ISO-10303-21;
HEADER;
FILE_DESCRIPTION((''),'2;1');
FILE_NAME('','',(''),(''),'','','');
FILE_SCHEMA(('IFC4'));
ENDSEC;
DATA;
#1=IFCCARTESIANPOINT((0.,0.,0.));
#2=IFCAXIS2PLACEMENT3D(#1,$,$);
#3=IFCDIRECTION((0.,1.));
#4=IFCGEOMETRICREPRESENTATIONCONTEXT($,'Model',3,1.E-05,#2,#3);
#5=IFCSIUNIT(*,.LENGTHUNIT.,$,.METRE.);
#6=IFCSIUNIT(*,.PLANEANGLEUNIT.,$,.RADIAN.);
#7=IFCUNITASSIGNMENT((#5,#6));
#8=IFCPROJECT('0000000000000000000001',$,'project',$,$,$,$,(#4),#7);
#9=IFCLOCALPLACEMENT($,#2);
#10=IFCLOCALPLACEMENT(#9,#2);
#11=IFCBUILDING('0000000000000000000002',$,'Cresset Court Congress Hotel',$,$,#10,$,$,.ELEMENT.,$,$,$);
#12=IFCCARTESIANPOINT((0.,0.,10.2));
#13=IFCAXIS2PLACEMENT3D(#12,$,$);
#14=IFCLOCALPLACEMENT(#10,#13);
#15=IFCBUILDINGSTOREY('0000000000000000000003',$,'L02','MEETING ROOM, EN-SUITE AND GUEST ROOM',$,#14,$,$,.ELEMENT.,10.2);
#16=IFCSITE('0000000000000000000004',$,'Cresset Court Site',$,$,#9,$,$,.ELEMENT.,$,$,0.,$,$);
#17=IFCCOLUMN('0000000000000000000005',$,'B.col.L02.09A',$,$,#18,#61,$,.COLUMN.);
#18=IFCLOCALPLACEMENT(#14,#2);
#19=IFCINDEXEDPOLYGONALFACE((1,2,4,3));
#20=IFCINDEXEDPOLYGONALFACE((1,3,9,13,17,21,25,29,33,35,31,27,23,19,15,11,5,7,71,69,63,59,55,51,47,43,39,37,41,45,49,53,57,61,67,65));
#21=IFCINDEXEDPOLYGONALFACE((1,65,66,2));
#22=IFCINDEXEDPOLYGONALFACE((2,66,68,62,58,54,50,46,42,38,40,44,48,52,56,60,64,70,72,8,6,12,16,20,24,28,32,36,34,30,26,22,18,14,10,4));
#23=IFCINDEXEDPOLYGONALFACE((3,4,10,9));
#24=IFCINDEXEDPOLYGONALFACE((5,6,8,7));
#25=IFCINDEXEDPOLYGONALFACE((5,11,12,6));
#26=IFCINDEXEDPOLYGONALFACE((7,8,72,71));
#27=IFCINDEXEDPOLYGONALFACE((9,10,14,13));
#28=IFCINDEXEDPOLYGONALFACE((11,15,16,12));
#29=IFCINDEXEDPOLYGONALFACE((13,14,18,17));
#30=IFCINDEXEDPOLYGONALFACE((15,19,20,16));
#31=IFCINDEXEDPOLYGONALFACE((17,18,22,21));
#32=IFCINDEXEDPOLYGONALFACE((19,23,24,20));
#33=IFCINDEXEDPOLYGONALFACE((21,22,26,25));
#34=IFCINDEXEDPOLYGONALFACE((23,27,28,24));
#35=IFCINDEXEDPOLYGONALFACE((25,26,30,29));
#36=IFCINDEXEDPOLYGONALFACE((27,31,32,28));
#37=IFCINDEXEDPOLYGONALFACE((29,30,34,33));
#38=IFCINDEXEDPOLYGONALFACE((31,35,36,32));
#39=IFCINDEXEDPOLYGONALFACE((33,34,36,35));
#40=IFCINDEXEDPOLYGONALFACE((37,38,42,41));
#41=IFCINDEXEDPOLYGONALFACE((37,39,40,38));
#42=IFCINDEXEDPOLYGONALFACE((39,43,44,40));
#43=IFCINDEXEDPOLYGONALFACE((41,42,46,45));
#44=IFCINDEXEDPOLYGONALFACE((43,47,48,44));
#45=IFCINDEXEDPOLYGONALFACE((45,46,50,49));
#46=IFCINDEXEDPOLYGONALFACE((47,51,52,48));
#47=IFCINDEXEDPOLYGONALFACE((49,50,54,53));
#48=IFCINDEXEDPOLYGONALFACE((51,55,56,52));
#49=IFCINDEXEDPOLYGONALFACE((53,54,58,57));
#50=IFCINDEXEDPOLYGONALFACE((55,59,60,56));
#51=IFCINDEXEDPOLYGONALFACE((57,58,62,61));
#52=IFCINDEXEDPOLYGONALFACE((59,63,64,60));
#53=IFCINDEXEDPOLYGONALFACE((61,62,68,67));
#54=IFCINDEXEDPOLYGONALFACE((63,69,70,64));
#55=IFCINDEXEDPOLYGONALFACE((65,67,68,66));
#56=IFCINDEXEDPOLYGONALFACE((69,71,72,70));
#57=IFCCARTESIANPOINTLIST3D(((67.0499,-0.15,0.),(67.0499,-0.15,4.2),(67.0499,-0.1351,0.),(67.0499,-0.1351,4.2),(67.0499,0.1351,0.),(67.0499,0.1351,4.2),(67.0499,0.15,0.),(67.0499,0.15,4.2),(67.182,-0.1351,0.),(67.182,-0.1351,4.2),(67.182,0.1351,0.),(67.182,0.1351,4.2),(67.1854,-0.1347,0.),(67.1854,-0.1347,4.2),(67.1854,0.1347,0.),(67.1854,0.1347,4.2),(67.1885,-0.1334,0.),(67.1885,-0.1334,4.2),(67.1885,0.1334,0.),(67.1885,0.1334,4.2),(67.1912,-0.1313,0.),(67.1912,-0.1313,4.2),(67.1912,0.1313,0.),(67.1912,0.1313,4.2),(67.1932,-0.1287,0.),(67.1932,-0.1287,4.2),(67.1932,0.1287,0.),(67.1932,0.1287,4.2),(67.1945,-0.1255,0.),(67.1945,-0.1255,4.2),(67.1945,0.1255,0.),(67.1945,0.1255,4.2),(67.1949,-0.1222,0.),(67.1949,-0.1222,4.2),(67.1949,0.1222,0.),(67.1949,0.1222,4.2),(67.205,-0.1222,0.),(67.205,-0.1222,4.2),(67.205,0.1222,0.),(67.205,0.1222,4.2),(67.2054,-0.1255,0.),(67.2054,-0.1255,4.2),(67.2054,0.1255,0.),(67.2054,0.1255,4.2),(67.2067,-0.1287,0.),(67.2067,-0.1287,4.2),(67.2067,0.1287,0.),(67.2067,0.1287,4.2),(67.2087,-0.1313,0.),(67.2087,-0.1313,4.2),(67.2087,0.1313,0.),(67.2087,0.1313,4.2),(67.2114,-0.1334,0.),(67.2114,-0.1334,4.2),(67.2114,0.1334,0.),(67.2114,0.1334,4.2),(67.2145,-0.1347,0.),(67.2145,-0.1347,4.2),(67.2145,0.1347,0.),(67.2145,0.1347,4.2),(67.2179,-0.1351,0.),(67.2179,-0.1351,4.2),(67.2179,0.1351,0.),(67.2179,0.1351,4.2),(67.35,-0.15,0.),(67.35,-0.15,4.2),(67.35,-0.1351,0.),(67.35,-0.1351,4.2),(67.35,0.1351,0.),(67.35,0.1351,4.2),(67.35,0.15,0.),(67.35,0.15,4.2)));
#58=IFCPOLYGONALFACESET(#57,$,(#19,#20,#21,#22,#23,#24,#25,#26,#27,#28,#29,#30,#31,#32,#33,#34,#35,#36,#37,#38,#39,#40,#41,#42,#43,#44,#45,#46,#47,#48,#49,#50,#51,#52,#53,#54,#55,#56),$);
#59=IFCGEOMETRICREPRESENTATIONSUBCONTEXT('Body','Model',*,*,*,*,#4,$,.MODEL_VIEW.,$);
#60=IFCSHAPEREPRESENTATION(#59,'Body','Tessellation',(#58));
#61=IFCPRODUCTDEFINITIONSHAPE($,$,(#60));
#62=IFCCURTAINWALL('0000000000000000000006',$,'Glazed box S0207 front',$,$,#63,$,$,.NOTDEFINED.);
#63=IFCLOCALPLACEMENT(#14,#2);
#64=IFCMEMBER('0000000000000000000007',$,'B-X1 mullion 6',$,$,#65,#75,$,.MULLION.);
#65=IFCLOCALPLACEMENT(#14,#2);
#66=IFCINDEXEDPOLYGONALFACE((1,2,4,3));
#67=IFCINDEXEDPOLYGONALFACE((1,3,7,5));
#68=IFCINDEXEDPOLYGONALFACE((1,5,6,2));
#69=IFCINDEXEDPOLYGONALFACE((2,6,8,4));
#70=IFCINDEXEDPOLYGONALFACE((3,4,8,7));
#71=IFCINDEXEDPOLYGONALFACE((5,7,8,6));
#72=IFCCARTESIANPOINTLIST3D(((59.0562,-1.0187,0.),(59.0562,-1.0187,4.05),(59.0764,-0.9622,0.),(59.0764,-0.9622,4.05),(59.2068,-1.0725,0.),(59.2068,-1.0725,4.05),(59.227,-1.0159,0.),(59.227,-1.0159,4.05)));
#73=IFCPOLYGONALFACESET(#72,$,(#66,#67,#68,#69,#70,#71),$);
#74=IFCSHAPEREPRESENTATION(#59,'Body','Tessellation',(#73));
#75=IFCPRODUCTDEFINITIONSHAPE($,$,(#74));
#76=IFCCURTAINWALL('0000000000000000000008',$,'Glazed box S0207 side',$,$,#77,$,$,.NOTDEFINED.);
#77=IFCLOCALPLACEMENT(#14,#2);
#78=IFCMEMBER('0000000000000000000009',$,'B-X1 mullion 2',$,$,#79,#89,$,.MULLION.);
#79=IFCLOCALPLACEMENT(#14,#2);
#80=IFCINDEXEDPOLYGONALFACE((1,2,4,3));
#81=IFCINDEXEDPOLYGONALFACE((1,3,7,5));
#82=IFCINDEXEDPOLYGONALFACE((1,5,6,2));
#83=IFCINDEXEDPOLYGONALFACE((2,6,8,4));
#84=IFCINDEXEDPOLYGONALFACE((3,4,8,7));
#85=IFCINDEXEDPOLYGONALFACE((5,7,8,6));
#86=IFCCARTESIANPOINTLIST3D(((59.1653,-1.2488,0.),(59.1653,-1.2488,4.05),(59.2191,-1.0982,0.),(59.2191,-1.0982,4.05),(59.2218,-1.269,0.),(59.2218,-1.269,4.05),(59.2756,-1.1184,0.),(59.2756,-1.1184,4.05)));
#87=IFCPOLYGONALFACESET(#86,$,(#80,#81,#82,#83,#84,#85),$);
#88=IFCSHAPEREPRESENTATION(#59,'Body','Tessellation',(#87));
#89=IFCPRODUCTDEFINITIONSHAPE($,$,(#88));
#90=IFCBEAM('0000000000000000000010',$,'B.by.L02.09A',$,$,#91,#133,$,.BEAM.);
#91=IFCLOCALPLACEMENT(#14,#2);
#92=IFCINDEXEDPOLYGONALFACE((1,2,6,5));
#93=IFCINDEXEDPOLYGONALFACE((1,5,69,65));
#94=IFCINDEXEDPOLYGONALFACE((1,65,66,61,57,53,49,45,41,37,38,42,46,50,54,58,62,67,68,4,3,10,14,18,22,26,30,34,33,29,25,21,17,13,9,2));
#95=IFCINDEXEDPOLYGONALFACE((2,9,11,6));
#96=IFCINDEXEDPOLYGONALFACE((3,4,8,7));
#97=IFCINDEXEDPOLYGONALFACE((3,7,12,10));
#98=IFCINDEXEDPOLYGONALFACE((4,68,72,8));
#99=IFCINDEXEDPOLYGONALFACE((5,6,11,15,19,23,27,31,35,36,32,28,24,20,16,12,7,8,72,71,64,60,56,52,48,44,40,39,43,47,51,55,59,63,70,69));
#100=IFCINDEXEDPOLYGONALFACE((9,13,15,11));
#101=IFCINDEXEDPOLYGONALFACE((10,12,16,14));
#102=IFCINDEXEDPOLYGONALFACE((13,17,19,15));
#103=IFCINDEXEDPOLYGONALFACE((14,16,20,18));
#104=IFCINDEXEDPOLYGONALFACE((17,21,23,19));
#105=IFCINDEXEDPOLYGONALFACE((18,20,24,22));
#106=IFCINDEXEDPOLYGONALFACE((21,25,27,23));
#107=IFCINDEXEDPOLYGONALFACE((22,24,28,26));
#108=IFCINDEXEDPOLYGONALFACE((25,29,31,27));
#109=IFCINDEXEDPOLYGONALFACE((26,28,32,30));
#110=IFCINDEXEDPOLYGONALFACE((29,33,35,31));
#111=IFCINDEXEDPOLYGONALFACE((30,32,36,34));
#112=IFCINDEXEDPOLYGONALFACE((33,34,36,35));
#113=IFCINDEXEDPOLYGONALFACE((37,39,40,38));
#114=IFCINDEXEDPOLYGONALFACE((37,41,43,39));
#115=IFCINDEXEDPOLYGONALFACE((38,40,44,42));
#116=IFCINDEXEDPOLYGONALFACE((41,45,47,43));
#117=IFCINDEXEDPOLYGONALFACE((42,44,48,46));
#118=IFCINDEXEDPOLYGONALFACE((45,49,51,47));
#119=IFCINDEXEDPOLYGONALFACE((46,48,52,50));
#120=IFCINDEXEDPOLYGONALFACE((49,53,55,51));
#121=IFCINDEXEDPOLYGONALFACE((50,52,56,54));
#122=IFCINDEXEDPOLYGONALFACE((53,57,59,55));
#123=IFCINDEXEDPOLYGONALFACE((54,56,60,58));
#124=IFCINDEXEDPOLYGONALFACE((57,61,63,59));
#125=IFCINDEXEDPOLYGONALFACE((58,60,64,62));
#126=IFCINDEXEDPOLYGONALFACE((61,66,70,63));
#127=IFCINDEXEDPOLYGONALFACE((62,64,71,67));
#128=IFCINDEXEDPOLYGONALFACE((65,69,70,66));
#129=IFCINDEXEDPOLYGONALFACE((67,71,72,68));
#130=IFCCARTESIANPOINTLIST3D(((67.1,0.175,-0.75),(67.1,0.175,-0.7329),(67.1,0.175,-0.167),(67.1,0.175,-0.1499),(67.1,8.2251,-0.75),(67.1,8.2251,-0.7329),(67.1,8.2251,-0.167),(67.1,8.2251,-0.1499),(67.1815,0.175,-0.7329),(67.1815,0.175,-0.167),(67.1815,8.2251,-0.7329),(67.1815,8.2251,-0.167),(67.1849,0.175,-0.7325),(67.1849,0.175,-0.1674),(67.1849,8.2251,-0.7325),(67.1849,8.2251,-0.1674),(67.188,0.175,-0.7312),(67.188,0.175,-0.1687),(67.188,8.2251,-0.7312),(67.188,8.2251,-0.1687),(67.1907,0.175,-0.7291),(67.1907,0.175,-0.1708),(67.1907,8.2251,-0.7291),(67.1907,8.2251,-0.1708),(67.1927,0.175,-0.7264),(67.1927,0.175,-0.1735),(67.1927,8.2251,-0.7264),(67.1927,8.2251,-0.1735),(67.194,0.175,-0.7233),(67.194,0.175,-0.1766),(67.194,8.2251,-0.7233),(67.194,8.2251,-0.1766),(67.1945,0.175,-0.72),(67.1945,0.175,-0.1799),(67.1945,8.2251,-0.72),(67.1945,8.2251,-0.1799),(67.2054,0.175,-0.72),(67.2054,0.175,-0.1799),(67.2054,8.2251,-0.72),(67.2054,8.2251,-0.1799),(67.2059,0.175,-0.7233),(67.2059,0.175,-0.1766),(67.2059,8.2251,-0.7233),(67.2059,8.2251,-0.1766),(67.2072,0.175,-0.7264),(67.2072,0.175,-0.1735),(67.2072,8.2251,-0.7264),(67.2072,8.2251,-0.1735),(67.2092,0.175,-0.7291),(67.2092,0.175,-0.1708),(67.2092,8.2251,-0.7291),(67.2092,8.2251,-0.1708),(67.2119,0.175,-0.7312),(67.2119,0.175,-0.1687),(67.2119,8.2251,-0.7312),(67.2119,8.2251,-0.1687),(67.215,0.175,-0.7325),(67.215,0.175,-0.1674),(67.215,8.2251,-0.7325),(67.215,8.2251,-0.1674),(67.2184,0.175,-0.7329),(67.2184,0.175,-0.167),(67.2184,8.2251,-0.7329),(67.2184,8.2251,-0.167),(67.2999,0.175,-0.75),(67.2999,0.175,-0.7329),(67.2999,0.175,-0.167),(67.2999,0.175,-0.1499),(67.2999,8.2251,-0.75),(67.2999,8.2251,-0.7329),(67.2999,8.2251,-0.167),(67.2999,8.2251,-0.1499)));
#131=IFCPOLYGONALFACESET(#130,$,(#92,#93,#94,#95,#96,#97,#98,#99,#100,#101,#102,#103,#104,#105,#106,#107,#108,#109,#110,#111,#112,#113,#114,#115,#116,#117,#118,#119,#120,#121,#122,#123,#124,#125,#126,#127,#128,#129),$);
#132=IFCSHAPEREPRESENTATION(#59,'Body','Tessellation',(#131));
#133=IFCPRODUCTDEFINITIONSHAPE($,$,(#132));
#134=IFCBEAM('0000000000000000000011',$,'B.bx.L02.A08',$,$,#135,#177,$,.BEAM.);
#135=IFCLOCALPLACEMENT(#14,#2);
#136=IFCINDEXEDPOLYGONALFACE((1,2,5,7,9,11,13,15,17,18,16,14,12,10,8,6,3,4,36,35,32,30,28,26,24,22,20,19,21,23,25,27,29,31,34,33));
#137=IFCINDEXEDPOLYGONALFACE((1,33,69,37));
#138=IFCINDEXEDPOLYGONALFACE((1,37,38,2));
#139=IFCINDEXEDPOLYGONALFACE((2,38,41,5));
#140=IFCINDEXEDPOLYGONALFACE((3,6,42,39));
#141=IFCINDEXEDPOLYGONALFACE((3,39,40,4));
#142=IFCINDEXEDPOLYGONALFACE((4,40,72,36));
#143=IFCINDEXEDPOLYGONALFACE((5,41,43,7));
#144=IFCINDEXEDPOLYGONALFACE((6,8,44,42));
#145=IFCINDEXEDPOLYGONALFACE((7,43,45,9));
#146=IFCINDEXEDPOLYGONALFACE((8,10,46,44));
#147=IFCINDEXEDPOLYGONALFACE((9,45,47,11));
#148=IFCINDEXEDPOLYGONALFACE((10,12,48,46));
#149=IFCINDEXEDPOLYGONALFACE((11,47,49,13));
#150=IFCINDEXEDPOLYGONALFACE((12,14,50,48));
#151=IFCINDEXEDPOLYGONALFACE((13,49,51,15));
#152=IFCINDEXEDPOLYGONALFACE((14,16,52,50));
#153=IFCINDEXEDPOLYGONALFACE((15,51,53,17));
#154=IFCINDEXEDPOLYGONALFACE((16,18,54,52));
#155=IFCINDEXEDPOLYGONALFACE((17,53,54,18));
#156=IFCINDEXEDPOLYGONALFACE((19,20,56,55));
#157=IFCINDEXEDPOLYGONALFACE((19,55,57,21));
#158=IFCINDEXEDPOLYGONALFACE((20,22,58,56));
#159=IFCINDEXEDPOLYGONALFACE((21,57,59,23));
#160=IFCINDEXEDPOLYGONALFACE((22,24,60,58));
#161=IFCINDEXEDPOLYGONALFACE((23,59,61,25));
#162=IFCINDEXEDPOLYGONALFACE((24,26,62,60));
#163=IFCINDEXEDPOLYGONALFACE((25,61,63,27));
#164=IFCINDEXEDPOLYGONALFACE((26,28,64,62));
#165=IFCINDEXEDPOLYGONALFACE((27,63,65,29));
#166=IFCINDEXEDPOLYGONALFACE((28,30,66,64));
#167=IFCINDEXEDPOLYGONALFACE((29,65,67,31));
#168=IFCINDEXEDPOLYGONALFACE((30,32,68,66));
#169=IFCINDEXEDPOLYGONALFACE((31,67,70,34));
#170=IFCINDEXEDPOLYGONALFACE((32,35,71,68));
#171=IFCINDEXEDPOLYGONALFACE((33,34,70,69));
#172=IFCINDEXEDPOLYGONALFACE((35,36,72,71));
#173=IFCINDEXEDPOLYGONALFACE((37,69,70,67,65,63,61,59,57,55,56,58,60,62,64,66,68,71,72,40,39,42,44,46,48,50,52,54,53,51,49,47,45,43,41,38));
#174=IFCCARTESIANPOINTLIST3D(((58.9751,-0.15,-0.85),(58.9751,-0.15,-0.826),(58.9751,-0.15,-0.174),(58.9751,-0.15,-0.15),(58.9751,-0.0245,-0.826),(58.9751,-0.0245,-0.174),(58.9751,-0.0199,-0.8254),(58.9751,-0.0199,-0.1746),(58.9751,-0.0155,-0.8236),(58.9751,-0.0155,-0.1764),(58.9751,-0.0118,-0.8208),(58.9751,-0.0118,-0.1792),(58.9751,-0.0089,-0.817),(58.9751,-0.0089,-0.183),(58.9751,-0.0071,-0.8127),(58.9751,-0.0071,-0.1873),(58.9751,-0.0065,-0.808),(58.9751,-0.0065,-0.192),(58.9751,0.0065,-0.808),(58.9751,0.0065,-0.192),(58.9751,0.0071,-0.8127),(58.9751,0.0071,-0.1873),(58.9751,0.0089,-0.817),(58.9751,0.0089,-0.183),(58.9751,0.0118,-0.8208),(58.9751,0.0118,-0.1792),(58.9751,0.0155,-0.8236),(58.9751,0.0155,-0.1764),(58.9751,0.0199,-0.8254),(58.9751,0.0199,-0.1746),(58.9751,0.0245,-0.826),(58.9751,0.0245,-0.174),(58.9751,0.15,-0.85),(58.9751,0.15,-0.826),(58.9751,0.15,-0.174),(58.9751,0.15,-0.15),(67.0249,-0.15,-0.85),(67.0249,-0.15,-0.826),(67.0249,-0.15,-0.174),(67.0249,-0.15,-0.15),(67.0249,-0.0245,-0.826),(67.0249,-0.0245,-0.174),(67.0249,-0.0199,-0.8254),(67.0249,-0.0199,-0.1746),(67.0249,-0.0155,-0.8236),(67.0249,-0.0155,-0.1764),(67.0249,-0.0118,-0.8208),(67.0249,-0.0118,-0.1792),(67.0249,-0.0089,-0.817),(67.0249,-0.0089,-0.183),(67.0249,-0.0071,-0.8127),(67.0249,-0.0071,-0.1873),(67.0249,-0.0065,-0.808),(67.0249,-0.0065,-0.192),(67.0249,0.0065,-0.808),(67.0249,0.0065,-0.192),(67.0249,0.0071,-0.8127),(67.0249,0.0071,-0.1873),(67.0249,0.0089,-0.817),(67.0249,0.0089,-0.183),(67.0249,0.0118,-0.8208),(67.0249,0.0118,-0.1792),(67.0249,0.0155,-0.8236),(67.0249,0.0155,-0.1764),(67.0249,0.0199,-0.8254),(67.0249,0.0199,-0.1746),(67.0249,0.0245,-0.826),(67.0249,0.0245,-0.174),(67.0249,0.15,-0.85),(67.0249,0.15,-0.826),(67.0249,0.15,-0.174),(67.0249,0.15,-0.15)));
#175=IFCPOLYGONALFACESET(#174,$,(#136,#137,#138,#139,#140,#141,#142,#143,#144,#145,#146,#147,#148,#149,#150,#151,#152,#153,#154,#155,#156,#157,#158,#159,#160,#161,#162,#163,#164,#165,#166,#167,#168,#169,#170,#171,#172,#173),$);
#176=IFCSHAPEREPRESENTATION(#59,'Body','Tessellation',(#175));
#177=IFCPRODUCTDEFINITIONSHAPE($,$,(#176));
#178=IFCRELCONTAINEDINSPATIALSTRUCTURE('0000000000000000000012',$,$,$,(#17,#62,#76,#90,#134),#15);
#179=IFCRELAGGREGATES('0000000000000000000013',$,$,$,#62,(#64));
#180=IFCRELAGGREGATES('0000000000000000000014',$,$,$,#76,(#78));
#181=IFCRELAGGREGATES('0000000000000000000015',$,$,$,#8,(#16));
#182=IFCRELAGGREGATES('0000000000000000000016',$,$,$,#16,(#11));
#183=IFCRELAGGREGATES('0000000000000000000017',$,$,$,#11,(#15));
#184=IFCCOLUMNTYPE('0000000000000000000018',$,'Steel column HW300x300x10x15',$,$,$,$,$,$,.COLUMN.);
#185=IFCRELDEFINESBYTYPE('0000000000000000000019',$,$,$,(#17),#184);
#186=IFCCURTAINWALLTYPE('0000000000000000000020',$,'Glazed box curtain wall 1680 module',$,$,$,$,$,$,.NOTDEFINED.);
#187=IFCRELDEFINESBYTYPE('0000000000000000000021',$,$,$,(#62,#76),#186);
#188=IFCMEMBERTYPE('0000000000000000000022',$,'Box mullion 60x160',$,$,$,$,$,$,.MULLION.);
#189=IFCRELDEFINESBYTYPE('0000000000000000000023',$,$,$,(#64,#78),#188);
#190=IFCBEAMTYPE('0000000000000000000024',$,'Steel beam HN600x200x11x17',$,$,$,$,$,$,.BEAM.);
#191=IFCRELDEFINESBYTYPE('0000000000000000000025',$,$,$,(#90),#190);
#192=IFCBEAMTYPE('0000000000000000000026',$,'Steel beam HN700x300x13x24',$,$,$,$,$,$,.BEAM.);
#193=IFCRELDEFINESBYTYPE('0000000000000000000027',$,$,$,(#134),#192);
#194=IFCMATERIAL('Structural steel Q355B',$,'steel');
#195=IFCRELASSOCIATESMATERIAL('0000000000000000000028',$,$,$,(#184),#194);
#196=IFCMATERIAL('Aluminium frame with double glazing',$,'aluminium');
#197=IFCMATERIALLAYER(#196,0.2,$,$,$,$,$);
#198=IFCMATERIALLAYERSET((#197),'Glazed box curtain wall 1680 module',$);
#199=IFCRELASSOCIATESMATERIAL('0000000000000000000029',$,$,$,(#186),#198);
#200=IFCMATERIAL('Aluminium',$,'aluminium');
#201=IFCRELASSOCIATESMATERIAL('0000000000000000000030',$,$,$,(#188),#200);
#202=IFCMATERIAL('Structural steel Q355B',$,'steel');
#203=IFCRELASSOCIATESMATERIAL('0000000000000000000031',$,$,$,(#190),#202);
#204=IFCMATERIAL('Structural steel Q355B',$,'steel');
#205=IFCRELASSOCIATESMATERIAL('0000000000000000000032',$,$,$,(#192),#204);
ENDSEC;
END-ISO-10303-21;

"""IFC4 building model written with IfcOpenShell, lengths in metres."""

from ifc_helpers import new_model, si_unit, direction, frame, origin, origin_2d, place, context, subcontext, project, spatial, rectangle, i_section, extrude, material, layer, layer_set, material_profile, profile_set, type_object, element, aggregate, save


model = new_model("IFC4")

# Units and contexts
model_context = context("Model", 3, precision=1e-05, world=origin(), true_north=direction((0.0, 1.0)))
body_context = subcontext(model_context, "Body", "Model", "MODEL_VIEW")
ifc_project = project(units=[si_unit("LENGTHUNIT", "METRE"), si_unit("PLANEANGLEUNIT", "RADIAN")], contexts=[model_context])

# Site, building, storey
site_placement = place(None, origin())
site = spatial("IfcSite", under=ifc_project, at=site_placement, Name="Cresset Court Site", CompositionType="ELEMENT", RefElevation=0.0)
building_placement = place(site_placement, origin())
building = spatial("IfcBuilding", under=site, at=building_placement, Name="Cresset Court Congress Hotel", CompositionType="ELEMENT")
storey_placement = place(building_placement, frame((0.0, 0.0, 10.2)))
storey = spatial("IfcBuildingStorey", under=building, at=storey_placement, Name="L02", Description="MEETING ROOM, EN-SUITE AND GUEST ROOM", CompositionType="ELEMENT", Elevation=10.2)

# Column
ifc_material_1 = material(Name="Structural steel Q355B", Category="steel")
ifc_material_profile_1 = material_profile(ifc_material_1, i_section(OverallWidth=0.3, OverallDepth=0.3, WebThickness=0.01, FlangeThickness=0.0149, FilletRadius=0.0129, at=origin_2d()), Name="HW300x300x10x15")
ifc_profile_set_1 = profile_set([ifc_material_profile_1], Name="Structural steel Q355B")
column_type = type_object("IfcColumnType", Name="Steel column HW300x300x10x15", PredefinedType="COLUMN", material=ifc_profile_set_1)
column_placement = place(storey_placement, frame((67.2, 0.0, 0.0), z_axis=(0.0, 0.0, 1.0), x_axis=(1.0, 0.0, 0.0)))
element("IfcColumn", 1, at=column_placement, inside=storey, type_object=column_type, Name="B.col.L02.09A", PredefinedType="COLUMN", context=body_context, shape_type="SweptSolid", body=[
    extrude(i_section(OverallWidth=0.3, OverallDepth=0.3, WebThickness=0.01, FlangeThickness=0.0149, FilletRadius=0.0129, at=origin_2d()), origin(), (0.0, 0.0, 1.0), 4.2),
])

# Curtain walls, members
ifc_material_2 = material(Name="Aluminium frame with double glazing", Category="aluminium")
ifc_layer_1 = layer(ifc_material_2, 0.2)
ifc_layer_set_1 = layer_set([ifc_layer_1], Name="Glazed box curtain wall 1680 module")
curtain_wall_type = type_object("IfcCurtainWallType", Name="Glazed box curtain wall 1680 module", PredefinedType="NOTDEFINED", material=ifc_layer_set_1)
curtain_wall_1_placement = place(storey_placement, origin())
curtain_wall_1 = element("IfcCurtainWall", 2, at=curtain_wall_1_placement, inside=storey, type_object=curtain_wall_type, Name="Glazed box S0207 front", PredefinedType="NOTDEFINED")
ifc_material_3 = material(Name="Aluminium", Category="aluminium")
ifc_material_profile_2 = material_profile(ifc_material_3, rectangle(XDim=0.0601, YDim=0.1599, at=origin_2d()), Name="Box mullion 60x160")
ifc_profile_set_2 = profile_set([ifc_material_profile_2], Name="Aluminium")
member_type = type_object("IfcMemberType", Name="Box mullion 60x160", PredefinedType="MULLION", material=ifc_profile_set_2)
member_1_placement = place(storey_placement, frame((59.1416, -1.0173, 0.0), z_axis=(0.0, 0.0, 1.0), x_axis=(0.336336, 0.941742, 0.0)))
member_1 = element("IfcMember", 3, at=member_1_placement, type_object=member_type, Name="B-X1 mullion 6", PredefinedType="MULLION", context=body_context, shape_type="SweptSolid", body=[
    extrude(rectangle(XDim=0.0601, YDim=0.1599, at=origin_2d()), origin(), (0.0, 0.0, 1.0), 4.05),
])
aggregate(curtain_wall_1, [member_1])
curtain_wall_2_placement = place(storey_placement, origin())
curtain_wall_2 = element("IfcCurtainWall", 4, at=curtain_wall_2_placement, inside=storey, type_object=curtain_wall_type, Name="Glazed box S0207 side", PredefinedType="NOTDEFINED")
member_2_placement = place(storey_placement, frame((59.2205, -1.1836, 0.0), z_axis=(0.0, 0.0, 1.0), x_axis=(-0.941742, 0.336336, 0.0)))
member_2 = element("IfcMember", 5, at=member_2_placement, type_object=member_type, Name="B-X1 mullion 2", PredefinedType="MULLION", context=body_context, shape_type="SweptSolid", body=[
    extrude(rectangle(XDim=0.0601, YDim=0.1599, at=origin_2d()), origin(), (0.0, 0.0, 1.0), 4.05),
])
aggregate(curtain_wall_2, [member_2])

# Beams
ifc_material_4 = material(Name="Structural steel Q355B", Category="steel")
ifc_material_profile_3 = material_profile(ifc_material_4, i_section(OverallWidth=0.2, OverallDepth=0.6001, WebThickness=0.011, FlangeThickness=0.0171, FilletRadius=0.0129, at=origin_2d()), Name="HN600x200x11x17")
ifc_profile_set_3 = profile_set([ifc_material_profile_3], Name="Structural steel Q355B")
beam_type_1 = type_object("IfcBeamType", Name="Steel beam HN600x200x11x17", PredefinedType="BEAM", material=ifc_profile_set_3)
beam_1_placement = place(storey_placement, frame((67.2, 0.175, -0.45), z_axis=(0.0, 1.0, 0.0), x_axis=(-1.0, 0.0, 0.0)))
element("IfcBeam", 6, at=beam_1_placement, inside=storey, type_object=beam_type_1, Name="B.by.L02.09A", PredefinedType="BEAM", context=body_context, shape_type="SweptSolid", body=[
    extrude(i_section(OverallWidth=0.2, OverallDepth=0.6001, WebThickness=0.011, FlangeThickness=0.0171, FilletRadius=0.0129, at=origin_2d()), origin(), (0.0, 0.0, 1.0), 8.05),
])
ifc_material_5 = material(Name="Structural steel Q355B", Category="steel")
ifc_material_profile_4 = material_profile(ifc_material_5, i_section(OverallWidth=0.3, OverallDepth=0.7, WebThickness=0.0129, FlangeThickness=0.0239, FilletRadius=0.0181, at=origin_2d()), Name="HN700x300x13x24")
ifc_profile_set_4 = profile_set([ifc_material_profile_4], Name="Structural steel Q355B")
beam_type_2 = type_object("IfcBeamType", Name="Steel beam HN700x300x13x24", PredefinedType="BEAM", material=ifc_profile_set_4)
beam_2_placement = place(storey_placement, frame((58.9751, 0.0, -0.5), z_axis=(1.0, 0.0, 0.0), x_axis=(0.0, 1.0, 0.0)))
element("IfcBeam", 7, at=beam_2_placement, inside=storey, type_object=beam_type_2, Name="B.bx.L02.A08", PredefinedType="BEAM", context=body_context, shape_type="SweptSolid", body=[
    extrude(i_section(OverallWidth=0.3, OverallDepth=0.7, WebThickness=0.0129, FlangeThickness=0.0239, FilletRadius=0.0181, at=origin_2d()), origin(), (0.0, 0.0, 1.0), 8.0498),
])

save(model, "model.ifc")
